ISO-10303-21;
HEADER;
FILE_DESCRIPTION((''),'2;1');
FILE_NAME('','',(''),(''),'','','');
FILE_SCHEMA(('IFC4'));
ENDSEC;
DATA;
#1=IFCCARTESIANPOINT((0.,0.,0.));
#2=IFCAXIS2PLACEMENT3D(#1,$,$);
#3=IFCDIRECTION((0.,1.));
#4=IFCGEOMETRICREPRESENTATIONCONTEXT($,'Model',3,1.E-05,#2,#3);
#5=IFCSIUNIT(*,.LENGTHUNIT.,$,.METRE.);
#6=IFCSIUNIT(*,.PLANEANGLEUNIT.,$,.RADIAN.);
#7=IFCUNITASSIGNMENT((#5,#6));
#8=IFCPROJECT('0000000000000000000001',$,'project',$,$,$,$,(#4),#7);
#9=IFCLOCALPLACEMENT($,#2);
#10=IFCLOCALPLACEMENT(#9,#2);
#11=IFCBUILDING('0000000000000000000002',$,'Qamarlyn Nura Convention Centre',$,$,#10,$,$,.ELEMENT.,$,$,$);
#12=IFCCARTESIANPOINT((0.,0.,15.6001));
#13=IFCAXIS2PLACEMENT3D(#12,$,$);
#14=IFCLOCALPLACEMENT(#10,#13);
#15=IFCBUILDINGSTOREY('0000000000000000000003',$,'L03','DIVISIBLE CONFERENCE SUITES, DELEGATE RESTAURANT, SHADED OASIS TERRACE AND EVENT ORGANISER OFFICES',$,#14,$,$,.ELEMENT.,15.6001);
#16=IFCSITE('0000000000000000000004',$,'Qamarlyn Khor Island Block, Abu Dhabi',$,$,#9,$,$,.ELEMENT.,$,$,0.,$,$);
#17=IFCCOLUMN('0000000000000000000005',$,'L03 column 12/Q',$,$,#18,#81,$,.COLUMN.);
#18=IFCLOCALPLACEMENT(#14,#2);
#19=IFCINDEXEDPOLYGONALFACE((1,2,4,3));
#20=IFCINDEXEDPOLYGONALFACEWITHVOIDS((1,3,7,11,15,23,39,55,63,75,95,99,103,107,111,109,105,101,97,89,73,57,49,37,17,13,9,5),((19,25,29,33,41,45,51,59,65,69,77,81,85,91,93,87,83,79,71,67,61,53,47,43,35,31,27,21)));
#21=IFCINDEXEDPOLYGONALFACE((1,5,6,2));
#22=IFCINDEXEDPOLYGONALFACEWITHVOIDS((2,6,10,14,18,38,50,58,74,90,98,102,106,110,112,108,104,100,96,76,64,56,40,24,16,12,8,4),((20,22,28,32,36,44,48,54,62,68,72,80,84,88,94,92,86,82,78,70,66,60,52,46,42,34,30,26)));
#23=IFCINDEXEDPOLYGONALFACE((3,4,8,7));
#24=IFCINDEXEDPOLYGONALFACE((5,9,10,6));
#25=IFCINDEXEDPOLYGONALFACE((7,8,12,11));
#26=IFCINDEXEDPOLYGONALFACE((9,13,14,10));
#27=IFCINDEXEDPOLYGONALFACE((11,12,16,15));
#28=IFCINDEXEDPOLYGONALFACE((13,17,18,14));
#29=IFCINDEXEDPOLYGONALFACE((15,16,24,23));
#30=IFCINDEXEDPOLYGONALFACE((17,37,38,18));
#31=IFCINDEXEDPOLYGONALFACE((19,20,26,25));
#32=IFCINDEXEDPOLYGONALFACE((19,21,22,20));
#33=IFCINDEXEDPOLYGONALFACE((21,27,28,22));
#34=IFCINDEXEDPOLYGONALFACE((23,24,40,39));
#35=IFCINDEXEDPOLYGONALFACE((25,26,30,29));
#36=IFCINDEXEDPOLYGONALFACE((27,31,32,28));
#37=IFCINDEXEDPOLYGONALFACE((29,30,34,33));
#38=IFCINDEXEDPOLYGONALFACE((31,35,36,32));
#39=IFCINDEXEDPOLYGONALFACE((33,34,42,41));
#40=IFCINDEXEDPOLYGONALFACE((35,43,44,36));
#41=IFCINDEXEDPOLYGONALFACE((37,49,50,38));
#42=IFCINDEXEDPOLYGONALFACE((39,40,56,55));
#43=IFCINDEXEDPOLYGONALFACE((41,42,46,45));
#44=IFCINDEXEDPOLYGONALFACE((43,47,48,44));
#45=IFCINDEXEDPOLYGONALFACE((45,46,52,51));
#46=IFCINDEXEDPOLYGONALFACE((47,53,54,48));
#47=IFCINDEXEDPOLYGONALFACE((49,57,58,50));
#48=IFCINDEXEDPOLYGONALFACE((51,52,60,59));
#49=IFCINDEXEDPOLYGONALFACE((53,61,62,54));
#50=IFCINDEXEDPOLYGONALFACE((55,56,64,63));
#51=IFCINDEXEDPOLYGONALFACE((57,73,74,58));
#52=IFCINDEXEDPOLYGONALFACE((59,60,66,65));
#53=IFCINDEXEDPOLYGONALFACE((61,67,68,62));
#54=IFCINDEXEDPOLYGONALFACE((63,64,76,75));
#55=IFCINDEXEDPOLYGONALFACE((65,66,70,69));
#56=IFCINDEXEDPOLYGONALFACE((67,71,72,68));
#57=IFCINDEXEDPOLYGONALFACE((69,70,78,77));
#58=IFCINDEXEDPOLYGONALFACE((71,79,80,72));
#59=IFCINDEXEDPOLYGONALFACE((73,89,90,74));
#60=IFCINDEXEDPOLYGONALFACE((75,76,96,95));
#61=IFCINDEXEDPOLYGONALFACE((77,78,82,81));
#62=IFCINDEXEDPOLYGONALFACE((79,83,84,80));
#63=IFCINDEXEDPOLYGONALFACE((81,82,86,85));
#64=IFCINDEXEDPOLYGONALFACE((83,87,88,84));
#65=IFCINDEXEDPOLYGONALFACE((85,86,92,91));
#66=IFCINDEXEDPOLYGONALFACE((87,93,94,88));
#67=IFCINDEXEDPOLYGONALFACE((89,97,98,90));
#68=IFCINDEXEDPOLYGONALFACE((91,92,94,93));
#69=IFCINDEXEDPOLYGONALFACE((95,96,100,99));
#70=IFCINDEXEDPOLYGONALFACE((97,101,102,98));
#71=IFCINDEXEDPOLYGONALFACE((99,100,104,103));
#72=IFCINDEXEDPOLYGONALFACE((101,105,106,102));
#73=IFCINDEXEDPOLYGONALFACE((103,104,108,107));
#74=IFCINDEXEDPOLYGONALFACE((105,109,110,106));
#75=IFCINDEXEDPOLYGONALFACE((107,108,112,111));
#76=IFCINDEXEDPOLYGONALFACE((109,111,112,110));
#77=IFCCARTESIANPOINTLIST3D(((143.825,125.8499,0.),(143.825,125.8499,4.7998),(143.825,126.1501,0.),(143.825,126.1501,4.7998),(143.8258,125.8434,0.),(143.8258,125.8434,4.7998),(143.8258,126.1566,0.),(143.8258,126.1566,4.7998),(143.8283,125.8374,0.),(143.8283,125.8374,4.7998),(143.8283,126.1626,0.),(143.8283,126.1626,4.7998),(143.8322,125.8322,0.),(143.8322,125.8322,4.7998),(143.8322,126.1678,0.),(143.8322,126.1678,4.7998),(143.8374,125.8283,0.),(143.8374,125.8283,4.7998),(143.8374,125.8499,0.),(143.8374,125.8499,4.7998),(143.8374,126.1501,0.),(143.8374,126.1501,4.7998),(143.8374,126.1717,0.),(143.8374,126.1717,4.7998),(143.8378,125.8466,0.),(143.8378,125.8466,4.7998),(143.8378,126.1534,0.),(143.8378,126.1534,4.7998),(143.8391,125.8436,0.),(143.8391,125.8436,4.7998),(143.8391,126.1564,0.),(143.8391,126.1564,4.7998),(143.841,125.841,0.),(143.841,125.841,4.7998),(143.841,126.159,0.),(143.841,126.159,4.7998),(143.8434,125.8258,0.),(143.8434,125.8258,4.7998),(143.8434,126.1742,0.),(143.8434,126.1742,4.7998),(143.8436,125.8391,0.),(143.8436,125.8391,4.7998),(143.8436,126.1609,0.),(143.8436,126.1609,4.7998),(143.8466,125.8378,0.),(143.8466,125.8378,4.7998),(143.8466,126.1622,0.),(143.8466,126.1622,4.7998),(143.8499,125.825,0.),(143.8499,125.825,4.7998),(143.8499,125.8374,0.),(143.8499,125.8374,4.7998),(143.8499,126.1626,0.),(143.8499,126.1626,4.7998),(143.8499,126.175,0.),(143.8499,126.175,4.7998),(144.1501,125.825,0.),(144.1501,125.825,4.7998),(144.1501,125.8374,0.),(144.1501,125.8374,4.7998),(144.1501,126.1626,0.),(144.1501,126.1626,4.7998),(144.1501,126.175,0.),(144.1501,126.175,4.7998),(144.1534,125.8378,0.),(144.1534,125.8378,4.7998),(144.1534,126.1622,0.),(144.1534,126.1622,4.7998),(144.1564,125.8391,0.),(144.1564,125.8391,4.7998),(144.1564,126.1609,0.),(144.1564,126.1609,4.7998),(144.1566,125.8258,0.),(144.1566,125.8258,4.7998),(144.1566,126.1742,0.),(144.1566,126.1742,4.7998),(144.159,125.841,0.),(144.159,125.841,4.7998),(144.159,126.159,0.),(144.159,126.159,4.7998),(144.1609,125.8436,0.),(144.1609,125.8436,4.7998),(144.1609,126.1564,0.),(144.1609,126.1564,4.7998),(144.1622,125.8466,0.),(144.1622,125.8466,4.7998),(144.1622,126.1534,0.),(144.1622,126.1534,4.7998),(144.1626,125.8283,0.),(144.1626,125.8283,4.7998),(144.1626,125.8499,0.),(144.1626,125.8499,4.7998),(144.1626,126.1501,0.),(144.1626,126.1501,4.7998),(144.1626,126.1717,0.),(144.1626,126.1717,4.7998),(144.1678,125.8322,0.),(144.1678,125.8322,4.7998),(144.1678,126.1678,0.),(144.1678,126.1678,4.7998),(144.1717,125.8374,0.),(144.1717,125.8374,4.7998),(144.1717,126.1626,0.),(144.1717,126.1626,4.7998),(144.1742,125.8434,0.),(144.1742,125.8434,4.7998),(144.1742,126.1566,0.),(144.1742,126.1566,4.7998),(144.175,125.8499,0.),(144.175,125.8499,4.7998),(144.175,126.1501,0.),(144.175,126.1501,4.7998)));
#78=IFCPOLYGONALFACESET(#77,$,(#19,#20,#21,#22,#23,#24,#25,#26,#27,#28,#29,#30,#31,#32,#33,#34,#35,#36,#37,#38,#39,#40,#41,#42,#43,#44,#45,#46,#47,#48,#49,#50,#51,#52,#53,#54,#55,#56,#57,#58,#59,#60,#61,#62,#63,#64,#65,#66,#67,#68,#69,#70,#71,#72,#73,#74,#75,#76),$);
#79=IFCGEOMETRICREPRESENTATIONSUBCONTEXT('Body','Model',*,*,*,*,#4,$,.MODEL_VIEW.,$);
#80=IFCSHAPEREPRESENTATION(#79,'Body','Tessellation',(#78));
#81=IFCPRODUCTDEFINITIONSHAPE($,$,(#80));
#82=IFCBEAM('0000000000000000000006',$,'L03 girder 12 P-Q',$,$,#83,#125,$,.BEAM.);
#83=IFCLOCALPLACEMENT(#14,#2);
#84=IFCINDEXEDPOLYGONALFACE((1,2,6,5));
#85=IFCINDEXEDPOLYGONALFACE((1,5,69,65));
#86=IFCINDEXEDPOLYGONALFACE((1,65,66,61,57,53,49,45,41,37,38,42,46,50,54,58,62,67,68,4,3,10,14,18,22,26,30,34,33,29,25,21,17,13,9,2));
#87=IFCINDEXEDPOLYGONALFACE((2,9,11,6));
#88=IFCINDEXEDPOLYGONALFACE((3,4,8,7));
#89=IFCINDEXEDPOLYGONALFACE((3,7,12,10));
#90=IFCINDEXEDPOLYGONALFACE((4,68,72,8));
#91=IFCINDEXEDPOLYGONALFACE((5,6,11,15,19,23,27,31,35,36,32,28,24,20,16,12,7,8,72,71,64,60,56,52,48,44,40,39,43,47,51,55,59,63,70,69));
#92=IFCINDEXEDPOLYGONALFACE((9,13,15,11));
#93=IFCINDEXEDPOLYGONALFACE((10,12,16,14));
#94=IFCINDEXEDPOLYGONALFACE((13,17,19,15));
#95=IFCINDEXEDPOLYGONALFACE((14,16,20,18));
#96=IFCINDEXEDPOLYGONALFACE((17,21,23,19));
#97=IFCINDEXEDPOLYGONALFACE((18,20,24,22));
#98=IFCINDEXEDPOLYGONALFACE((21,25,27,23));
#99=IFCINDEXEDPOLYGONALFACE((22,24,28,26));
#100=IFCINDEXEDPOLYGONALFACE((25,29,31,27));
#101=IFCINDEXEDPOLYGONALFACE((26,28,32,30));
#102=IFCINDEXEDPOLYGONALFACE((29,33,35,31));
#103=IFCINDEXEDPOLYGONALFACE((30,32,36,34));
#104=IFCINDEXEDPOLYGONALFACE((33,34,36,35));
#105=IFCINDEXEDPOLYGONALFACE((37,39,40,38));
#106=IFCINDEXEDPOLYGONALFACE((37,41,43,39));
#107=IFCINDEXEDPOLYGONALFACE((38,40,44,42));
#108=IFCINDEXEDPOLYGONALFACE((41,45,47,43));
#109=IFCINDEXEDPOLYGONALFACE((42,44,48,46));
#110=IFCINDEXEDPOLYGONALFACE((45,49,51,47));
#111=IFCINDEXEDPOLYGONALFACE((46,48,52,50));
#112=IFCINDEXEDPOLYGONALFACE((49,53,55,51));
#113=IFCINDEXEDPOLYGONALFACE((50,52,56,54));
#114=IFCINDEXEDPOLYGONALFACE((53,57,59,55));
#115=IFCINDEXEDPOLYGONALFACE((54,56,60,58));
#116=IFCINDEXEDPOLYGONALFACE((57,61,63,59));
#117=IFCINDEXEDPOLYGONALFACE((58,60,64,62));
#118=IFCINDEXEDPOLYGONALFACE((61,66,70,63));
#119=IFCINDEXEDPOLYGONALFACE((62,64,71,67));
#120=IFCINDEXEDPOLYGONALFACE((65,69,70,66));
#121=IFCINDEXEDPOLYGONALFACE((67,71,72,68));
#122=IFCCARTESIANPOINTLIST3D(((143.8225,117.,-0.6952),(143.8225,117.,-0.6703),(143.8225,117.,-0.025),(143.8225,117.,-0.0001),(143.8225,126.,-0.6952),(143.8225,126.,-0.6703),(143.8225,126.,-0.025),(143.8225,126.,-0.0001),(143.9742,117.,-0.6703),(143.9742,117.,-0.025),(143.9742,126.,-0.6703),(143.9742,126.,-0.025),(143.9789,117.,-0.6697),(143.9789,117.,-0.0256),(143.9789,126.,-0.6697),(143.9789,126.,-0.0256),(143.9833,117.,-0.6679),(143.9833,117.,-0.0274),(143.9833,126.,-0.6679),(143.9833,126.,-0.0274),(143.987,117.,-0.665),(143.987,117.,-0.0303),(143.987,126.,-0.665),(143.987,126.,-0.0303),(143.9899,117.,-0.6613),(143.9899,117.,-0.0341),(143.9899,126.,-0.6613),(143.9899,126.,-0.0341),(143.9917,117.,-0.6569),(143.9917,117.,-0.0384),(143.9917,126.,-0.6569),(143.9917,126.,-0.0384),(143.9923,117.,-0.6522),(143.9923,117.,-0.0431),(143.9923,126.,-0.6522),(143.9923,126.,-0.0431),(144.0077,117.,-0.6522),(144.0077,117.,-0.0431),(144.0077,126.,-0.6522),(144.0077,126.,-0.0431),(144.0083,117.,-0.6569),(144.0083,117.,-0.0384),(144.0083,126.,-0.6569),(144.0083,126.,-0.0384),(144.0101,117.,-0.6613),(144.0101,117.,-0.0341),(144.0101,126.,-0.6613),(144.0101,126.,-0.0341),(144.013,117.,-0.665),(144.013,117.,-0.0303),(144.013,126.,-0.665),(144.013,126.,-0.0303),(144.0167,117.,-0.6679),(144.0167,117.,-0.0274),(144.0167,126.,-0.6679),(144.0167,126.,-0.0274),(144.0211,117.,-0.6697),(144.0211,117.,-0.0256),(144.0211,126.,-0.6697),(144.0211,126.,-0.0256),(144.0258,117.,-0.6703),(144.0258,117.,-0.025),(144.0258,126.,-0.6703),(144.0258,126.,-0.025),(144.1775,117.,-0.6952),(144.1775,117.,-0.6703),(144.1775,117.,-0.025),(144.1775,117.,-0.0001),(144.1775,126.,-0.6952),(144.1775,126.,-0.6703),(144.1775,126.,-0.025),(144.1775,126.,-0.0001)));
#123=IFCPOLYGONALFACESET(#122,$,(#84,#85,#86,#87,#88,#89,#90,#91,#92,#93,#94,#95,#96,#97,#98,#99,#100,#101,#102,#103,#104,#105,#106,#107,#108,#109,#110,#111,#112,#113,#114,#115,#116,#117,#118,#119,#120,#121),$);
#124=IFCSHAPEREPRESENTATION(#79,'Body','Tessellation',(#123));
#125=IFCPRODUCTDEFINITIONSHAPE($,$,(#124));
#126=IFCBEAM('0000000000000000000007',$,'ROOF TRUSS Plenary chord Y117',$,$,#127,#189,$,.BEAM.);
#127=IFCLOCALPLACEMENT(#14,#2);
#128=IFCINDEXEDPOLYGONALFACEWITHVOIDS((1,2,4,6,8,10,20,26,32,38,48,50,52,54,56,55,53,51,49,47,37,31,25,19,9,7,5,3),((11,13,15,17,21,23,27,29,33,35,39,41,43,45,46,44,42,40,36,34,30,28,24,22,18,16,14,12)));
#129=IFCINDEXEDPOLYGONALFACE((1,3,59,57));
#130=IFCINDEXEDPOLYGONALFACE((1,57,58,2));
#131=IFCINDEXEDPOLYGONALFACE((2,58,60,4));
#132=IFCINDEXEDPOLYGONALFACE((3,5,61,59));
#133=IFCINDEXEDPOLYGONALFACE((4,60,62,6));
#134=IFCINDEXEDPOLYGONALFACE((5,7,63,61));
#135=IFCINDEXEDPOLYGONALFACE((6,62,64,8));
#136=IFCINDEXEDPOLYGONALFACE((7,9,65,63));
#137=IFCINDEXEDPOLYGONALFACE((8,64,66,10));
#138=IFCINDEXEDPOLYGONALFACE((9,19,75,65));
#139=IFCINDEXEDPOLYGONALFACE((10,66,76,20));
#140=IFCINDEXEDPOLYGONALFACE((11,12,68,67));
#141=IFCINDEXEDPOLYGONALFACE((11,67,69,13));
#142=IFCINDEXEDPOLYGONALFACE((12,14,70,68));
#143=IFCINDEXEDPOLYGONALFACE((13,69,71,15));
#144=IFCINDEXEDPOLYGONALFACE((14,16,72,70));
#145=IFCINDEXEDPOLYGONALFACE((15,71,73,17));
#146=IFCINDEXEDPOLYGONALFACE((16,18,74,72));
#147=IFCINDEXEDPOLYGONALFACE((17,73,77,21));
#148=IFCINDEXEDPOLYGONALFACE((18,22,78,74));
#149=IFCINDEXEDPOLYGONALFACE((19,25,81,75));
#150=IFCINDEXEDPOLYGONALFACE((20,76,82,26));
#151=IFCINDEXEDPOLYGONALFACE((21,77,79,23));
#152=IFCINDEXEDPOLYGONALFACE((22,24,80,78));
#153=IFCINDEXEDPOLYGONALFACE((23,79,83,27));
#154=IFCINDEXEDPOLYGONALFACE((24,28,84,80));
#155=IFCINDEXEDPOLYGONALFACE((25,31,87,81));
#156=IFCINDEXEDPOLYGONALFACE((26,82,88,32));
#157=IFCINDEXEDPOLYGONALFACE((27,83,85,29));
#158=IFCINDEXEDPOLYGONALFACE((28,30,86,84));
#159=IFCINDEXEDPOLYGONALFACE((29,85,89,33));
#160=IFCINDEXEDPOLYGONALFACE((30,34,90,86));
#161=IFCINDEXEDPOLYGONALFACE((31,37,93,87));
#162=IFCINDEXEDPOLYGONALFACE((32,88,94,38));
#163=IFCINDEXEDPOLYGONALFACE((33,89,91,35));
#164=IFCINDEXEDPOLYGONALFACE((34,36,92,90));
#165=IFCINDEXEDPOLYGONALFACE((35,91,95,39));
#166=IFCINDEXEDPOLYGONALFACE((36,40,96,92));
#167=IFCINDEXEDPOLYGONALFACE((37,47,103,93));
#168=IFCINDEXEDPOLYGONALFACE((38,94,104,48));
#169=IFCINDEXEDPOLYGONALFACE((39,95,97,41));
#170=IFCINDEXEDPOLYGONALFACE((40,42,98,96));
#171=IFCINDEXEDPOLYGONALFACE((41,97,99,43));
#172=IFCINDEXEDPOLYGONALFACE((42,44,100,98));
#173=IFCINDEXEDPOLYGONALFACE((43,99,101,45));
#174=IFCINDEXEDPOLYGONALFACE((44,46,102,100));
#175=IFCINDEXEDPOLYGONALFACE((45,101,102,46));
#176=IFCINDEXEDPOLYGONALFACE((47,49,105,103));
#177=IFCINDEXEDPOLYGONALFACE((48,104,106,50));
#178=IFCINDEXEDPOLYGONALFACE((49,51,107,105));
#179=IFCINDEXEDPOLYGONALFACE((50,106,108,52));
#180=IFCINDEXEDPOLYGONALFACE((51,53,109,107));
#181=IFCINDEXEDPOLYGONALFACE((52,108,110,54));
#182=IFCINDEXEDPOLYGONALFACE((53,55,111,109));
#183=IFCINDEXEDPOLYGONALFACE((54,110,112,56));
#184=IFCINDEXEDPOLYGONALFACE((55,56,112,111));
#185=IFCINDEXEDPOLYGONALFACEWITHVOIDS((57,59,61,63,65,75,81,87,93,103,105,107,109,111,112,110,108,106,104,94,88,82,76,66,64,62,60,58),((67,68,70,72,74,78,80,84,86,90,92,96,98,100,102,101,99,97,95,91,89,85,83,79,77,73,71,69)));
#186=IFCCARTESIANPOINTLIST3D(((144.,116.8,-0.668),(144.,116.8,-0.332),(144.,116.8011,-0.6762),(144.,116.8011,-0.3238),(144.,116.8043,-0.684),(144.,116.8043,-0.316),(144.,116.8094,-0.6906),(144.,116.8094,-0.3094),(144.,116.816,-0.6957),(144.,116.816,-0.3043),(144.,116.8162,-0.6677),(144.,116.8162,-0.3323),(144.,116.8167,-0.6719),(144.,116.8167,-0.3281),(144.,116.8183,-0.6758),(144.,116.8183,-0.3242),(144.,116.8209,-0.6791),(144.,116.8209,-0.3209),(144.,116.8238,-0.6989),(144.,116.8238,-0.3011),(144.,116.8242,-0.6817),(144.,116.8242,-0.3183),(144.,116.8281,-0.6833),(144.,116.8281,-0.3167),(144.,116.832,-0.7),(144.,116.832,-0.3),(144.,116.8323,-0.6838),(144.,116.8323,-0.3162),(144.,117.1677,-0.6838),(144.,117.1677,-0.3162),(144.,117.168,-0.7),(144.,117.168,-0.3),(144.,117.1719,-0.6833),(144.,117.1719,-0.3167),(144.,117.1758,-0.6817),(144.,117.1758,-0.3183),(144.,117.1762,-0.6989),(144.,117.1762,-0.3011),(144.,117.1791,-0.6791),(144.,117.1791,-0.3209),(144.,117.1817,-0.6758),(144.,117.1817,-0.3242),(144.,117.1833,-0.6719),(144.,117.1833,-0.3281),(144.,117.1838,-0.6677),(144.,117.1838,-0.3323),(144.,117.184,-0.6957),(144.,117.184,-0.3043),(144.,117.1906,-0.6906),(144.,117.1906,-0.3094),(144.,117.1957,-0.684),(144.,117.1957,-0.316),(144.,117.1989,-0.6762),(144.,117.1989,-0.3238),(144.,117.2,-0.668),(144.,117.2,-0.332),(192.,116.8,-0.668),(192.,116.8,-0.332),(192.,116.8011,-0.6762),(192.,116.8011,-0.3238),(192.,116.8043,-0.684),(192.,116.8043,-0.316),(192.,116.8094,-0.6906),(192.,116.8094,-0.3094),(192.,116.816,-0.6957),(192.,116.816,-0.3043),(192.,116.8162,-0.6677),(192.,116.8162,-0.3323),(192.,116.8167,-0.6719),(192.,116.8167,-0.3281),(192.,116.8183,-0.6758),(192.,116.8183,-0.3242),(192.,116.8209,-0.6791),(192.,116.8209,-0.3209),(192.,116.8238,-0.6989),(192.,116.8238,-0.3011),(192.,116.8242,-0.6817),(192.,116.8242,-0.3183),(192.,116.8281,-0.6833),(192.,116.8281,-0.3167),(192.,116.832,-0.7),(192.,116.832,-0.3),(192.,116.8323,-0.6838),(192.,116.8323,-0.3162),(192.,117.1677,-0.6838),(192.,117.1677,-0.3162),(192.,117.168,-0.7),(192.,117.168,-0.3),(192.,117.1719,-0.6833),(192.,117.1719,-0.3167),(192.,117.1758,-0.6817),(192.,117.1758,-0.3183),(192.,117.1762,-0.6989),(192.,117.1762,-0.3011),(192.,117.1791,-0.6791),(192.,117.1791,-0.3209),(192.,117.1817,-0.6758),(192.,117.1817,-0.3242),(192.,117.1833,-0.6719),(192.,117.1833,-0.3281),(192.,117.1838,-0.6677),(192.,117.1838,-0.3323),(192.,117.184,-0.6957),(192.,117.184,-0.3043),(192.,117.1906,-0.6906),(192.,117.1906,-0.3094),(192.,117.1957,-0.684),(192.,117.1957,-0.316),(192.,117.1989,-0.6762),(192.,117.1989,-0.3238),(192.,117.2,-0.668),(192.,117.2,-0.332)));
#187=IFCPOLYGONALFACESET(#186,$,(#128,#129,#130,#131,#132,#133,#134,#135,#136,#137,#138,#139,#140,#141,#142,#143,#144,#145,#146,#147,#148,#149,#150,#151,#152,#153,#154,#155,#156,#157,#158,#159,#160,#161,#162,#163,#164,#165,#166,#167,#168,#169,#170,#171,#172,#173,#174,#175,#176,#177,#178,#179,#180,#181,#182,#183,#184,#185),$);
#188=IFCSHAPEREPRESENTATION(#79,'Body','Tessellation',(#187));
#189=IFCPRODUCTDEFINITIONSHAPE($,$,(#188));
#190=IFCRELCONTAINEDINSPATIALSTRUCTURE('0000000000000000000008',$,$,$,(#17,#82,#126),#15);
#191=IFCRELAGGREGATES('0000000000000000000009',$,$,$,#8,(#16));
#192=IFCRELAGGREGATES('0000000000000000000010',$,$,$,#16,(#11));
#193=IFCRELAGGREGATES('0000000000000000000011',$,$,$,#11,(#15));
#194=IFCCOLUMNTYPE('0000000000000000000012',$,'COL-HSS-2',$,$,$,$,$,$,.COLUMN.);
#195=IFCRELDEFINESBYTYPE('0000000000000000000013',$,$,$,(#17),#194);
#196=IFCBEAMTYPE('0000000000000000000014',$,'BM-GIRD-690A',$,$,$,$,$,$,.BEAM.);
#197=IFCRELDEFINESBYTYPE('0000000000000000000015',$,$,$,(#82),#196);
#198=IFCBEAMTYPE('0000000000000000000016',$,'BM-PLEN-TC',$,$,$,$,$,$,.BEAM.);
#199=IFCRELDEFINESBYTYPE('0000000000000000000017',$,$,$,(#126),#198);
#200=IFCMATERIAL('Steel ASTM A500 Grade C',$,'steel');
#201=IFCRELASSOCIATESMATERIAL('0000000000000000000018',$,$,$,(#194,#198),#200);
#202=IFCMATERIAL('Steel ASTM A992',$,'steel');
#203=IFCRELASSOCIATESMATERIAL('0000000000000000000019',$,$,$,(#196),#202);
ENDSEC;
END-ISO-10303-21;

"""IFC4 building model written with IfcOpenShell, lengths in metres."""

from ifc_helpers import new_model, si_unit, direction, frame, origin, origin_2d, place, context, subcontext, project, spatial, hollow_rectangle, i_section, extrude, material, material_profile, profile_set, type_object, element, save


model = new_model("IFC4")

# Units and contexts
model_context = context("Model", 3, precision=1e-05, world=origin(), true_north=direction((0.0, 1.0)))
body_context = subcontext(model_context, "Body", "Model", "MODEL_VIEW")
ifc_project = project(units=[si_unit("LENGTHUNIT", "METRE"), si_unit("PLANEANGLEUNIT", "RADIAN")], contexts=[model_context])

# Site, building, storey
site_placement = place(None, origin())
site = spatial("IfcSite", under=ifc_project, at=site_placement, Name="Qamarlyn Khor Island Block, Abu Dhabi", CompositionType="ELEMENT", RefElevation=0.0)
building_placement = place(site_placement, origin())
building = spatial("IfcBuilding", under=site, at=building_placement, Name="Qamarlyn Nura Convention Centre", CompositionType="ELEMENT")
storey_placement = place(building_placement, frame((0.0, 0.0, 15.6001)))
storey = spatial("IfcBuildingStorey", under=building, at=storey_placement, Name="L03", Description="DIVISIBLE CONFERENCE SUITES, DELEGATE RESTAURANT, SHADED OASIS TERRACE AND EVENT ORGANISER OFFICES", CompositionType="ELEMENT", Elevation=15.6001)

# Column
ifc_material_1 = material(Name="Steel ASTM A500 Grade C", Category="steel")
ifc_material_profile_1 = material_profile(ifc_material_1, hollow_rectangle(XDim=0.3501, YDim=0.3501, WallThickness=0.0125, InnerFilletRadius=0.0125, OuterFilletRadius=0.0249, at=origin_2d()), Name="HSS350X350X12.5")
ifc_profile_set_1 = profile_set([ifc_material_profile_1], Name="Steel ASTM A500 Grade C")
column_type = type_object("IfcColumnType", Name="COL-HSS-2", PredefinedType="COLUMN", material=ifc_profile_set_1)
column_placement = place(storey_placement, frame((144.0, 126.0, 0.0), z_axis=(0.0, 0.0, 1.0), x_axis=(1.0, 0.0, 0.0)))
element("IfcColumn", 1, at=column_placement, inside=storey, type_object=column_type, Name="L03 column 12/Q", PredefinedType="COLUMN", context=body_context, shape_type="SweptSolid", body=[
    extrude(hollow_rectangle(XDim=0.3501, YDim=0.3501, WallThickness=0.0125, InnerFilletRadius=0.0125, OuterFilletRadius=0.0249, at=origin_2d()), origin(), (0.0, 0.0, 1.0), 4.7998),
])

# Beams
ifc_material_2 = material(Name="Steel ASTM A992", Category="steel")
ifc_material_profile_2 = material_profile(ifc_material_2, i_section(OverallWidth=0.355, OverallDepth=0.6951, WebThickness=0.0154, FlangeThickness=0.0249, FilletRadius=0.0181, at=origin_2d()), Name="W690X217")
ifc_profile_set_2 = profile_set([ifc_material_profile_2], Name="Steel ASTM A992")
beam_type_1 = type_object("IfcBeamType", Name="BM-GIRD-690A", PredefinedType="BEAM", material=ifc_profile_set_2)
beam_placement = place(storey_placement, frame((144.0, 117.0, -0.3477), z_axis=(0.0, 1.0, 0.0), x_axis=(-1.0, 0.0, 0.0)))
element("IfcBeam", 2, at=beam_placement, inside=storey, type_object=beam_type_1, Name="L03 girder 12 P-Q", PredefinedType="BEAM", context=body_context, shape_type="SweptSolid", body=[
    extrude(i_section(OverallWidth=0.355, OverallDepth=0.6951, WebThickness=0.0154, FlangeThickness=0.0249, FilletRadius=0.0181, at=origin_2d()), origin(), (0.0, 0.0, 1.0), 9.0),
])
ifc_material_profile_3 = material_profile(ifc_material_1, hollow_rectangle(XDim=0.3999, YDim=0.3999, WallThickness=0.0161, InnerFilletRadius=0.0161, OuterFilletRadius=0.032, at=origin_2d()), Name="HSS400X400X16")
ifc_profile_set_3 = profile_set([ifc_material_profile_3], Name="Steel ASTM A500 Grade C")
beam_type_2 = type_object("IfcBeamType", Name="BM-PLEN-TC", PredefinedType="BEAM", material=ifc_profile_set_3)
for number, where, z_axis, x_axis, name in (
    (3, (144.0, 117.0, -0.5), (1.0, 0.0, 0.0), (0.0, 1.0, 0.0), "ROOF TRUSS Plenary chord Y117"),
):
    element("IfcBeam", number, at=place(storey_placement, frame(where, z_axis=z_axis, x_axis=x_axis)), inside=storey, type_object=beam_type_2, Name=name, PredefinedType="BEAM", context=body_context, shape_type="SweptSolid", body=[
        extrude(hollow_rectangle(XDim=0.3999, YDim=0.3999, WallThickness=0.0161, InnerFilletRadius=0.0161, OuterFilletRadius=0.032, at=origin_2d()), origin(), (0.0, 0.0, 1.0), 48.0),
    ])

save(model, "model.ifc")
